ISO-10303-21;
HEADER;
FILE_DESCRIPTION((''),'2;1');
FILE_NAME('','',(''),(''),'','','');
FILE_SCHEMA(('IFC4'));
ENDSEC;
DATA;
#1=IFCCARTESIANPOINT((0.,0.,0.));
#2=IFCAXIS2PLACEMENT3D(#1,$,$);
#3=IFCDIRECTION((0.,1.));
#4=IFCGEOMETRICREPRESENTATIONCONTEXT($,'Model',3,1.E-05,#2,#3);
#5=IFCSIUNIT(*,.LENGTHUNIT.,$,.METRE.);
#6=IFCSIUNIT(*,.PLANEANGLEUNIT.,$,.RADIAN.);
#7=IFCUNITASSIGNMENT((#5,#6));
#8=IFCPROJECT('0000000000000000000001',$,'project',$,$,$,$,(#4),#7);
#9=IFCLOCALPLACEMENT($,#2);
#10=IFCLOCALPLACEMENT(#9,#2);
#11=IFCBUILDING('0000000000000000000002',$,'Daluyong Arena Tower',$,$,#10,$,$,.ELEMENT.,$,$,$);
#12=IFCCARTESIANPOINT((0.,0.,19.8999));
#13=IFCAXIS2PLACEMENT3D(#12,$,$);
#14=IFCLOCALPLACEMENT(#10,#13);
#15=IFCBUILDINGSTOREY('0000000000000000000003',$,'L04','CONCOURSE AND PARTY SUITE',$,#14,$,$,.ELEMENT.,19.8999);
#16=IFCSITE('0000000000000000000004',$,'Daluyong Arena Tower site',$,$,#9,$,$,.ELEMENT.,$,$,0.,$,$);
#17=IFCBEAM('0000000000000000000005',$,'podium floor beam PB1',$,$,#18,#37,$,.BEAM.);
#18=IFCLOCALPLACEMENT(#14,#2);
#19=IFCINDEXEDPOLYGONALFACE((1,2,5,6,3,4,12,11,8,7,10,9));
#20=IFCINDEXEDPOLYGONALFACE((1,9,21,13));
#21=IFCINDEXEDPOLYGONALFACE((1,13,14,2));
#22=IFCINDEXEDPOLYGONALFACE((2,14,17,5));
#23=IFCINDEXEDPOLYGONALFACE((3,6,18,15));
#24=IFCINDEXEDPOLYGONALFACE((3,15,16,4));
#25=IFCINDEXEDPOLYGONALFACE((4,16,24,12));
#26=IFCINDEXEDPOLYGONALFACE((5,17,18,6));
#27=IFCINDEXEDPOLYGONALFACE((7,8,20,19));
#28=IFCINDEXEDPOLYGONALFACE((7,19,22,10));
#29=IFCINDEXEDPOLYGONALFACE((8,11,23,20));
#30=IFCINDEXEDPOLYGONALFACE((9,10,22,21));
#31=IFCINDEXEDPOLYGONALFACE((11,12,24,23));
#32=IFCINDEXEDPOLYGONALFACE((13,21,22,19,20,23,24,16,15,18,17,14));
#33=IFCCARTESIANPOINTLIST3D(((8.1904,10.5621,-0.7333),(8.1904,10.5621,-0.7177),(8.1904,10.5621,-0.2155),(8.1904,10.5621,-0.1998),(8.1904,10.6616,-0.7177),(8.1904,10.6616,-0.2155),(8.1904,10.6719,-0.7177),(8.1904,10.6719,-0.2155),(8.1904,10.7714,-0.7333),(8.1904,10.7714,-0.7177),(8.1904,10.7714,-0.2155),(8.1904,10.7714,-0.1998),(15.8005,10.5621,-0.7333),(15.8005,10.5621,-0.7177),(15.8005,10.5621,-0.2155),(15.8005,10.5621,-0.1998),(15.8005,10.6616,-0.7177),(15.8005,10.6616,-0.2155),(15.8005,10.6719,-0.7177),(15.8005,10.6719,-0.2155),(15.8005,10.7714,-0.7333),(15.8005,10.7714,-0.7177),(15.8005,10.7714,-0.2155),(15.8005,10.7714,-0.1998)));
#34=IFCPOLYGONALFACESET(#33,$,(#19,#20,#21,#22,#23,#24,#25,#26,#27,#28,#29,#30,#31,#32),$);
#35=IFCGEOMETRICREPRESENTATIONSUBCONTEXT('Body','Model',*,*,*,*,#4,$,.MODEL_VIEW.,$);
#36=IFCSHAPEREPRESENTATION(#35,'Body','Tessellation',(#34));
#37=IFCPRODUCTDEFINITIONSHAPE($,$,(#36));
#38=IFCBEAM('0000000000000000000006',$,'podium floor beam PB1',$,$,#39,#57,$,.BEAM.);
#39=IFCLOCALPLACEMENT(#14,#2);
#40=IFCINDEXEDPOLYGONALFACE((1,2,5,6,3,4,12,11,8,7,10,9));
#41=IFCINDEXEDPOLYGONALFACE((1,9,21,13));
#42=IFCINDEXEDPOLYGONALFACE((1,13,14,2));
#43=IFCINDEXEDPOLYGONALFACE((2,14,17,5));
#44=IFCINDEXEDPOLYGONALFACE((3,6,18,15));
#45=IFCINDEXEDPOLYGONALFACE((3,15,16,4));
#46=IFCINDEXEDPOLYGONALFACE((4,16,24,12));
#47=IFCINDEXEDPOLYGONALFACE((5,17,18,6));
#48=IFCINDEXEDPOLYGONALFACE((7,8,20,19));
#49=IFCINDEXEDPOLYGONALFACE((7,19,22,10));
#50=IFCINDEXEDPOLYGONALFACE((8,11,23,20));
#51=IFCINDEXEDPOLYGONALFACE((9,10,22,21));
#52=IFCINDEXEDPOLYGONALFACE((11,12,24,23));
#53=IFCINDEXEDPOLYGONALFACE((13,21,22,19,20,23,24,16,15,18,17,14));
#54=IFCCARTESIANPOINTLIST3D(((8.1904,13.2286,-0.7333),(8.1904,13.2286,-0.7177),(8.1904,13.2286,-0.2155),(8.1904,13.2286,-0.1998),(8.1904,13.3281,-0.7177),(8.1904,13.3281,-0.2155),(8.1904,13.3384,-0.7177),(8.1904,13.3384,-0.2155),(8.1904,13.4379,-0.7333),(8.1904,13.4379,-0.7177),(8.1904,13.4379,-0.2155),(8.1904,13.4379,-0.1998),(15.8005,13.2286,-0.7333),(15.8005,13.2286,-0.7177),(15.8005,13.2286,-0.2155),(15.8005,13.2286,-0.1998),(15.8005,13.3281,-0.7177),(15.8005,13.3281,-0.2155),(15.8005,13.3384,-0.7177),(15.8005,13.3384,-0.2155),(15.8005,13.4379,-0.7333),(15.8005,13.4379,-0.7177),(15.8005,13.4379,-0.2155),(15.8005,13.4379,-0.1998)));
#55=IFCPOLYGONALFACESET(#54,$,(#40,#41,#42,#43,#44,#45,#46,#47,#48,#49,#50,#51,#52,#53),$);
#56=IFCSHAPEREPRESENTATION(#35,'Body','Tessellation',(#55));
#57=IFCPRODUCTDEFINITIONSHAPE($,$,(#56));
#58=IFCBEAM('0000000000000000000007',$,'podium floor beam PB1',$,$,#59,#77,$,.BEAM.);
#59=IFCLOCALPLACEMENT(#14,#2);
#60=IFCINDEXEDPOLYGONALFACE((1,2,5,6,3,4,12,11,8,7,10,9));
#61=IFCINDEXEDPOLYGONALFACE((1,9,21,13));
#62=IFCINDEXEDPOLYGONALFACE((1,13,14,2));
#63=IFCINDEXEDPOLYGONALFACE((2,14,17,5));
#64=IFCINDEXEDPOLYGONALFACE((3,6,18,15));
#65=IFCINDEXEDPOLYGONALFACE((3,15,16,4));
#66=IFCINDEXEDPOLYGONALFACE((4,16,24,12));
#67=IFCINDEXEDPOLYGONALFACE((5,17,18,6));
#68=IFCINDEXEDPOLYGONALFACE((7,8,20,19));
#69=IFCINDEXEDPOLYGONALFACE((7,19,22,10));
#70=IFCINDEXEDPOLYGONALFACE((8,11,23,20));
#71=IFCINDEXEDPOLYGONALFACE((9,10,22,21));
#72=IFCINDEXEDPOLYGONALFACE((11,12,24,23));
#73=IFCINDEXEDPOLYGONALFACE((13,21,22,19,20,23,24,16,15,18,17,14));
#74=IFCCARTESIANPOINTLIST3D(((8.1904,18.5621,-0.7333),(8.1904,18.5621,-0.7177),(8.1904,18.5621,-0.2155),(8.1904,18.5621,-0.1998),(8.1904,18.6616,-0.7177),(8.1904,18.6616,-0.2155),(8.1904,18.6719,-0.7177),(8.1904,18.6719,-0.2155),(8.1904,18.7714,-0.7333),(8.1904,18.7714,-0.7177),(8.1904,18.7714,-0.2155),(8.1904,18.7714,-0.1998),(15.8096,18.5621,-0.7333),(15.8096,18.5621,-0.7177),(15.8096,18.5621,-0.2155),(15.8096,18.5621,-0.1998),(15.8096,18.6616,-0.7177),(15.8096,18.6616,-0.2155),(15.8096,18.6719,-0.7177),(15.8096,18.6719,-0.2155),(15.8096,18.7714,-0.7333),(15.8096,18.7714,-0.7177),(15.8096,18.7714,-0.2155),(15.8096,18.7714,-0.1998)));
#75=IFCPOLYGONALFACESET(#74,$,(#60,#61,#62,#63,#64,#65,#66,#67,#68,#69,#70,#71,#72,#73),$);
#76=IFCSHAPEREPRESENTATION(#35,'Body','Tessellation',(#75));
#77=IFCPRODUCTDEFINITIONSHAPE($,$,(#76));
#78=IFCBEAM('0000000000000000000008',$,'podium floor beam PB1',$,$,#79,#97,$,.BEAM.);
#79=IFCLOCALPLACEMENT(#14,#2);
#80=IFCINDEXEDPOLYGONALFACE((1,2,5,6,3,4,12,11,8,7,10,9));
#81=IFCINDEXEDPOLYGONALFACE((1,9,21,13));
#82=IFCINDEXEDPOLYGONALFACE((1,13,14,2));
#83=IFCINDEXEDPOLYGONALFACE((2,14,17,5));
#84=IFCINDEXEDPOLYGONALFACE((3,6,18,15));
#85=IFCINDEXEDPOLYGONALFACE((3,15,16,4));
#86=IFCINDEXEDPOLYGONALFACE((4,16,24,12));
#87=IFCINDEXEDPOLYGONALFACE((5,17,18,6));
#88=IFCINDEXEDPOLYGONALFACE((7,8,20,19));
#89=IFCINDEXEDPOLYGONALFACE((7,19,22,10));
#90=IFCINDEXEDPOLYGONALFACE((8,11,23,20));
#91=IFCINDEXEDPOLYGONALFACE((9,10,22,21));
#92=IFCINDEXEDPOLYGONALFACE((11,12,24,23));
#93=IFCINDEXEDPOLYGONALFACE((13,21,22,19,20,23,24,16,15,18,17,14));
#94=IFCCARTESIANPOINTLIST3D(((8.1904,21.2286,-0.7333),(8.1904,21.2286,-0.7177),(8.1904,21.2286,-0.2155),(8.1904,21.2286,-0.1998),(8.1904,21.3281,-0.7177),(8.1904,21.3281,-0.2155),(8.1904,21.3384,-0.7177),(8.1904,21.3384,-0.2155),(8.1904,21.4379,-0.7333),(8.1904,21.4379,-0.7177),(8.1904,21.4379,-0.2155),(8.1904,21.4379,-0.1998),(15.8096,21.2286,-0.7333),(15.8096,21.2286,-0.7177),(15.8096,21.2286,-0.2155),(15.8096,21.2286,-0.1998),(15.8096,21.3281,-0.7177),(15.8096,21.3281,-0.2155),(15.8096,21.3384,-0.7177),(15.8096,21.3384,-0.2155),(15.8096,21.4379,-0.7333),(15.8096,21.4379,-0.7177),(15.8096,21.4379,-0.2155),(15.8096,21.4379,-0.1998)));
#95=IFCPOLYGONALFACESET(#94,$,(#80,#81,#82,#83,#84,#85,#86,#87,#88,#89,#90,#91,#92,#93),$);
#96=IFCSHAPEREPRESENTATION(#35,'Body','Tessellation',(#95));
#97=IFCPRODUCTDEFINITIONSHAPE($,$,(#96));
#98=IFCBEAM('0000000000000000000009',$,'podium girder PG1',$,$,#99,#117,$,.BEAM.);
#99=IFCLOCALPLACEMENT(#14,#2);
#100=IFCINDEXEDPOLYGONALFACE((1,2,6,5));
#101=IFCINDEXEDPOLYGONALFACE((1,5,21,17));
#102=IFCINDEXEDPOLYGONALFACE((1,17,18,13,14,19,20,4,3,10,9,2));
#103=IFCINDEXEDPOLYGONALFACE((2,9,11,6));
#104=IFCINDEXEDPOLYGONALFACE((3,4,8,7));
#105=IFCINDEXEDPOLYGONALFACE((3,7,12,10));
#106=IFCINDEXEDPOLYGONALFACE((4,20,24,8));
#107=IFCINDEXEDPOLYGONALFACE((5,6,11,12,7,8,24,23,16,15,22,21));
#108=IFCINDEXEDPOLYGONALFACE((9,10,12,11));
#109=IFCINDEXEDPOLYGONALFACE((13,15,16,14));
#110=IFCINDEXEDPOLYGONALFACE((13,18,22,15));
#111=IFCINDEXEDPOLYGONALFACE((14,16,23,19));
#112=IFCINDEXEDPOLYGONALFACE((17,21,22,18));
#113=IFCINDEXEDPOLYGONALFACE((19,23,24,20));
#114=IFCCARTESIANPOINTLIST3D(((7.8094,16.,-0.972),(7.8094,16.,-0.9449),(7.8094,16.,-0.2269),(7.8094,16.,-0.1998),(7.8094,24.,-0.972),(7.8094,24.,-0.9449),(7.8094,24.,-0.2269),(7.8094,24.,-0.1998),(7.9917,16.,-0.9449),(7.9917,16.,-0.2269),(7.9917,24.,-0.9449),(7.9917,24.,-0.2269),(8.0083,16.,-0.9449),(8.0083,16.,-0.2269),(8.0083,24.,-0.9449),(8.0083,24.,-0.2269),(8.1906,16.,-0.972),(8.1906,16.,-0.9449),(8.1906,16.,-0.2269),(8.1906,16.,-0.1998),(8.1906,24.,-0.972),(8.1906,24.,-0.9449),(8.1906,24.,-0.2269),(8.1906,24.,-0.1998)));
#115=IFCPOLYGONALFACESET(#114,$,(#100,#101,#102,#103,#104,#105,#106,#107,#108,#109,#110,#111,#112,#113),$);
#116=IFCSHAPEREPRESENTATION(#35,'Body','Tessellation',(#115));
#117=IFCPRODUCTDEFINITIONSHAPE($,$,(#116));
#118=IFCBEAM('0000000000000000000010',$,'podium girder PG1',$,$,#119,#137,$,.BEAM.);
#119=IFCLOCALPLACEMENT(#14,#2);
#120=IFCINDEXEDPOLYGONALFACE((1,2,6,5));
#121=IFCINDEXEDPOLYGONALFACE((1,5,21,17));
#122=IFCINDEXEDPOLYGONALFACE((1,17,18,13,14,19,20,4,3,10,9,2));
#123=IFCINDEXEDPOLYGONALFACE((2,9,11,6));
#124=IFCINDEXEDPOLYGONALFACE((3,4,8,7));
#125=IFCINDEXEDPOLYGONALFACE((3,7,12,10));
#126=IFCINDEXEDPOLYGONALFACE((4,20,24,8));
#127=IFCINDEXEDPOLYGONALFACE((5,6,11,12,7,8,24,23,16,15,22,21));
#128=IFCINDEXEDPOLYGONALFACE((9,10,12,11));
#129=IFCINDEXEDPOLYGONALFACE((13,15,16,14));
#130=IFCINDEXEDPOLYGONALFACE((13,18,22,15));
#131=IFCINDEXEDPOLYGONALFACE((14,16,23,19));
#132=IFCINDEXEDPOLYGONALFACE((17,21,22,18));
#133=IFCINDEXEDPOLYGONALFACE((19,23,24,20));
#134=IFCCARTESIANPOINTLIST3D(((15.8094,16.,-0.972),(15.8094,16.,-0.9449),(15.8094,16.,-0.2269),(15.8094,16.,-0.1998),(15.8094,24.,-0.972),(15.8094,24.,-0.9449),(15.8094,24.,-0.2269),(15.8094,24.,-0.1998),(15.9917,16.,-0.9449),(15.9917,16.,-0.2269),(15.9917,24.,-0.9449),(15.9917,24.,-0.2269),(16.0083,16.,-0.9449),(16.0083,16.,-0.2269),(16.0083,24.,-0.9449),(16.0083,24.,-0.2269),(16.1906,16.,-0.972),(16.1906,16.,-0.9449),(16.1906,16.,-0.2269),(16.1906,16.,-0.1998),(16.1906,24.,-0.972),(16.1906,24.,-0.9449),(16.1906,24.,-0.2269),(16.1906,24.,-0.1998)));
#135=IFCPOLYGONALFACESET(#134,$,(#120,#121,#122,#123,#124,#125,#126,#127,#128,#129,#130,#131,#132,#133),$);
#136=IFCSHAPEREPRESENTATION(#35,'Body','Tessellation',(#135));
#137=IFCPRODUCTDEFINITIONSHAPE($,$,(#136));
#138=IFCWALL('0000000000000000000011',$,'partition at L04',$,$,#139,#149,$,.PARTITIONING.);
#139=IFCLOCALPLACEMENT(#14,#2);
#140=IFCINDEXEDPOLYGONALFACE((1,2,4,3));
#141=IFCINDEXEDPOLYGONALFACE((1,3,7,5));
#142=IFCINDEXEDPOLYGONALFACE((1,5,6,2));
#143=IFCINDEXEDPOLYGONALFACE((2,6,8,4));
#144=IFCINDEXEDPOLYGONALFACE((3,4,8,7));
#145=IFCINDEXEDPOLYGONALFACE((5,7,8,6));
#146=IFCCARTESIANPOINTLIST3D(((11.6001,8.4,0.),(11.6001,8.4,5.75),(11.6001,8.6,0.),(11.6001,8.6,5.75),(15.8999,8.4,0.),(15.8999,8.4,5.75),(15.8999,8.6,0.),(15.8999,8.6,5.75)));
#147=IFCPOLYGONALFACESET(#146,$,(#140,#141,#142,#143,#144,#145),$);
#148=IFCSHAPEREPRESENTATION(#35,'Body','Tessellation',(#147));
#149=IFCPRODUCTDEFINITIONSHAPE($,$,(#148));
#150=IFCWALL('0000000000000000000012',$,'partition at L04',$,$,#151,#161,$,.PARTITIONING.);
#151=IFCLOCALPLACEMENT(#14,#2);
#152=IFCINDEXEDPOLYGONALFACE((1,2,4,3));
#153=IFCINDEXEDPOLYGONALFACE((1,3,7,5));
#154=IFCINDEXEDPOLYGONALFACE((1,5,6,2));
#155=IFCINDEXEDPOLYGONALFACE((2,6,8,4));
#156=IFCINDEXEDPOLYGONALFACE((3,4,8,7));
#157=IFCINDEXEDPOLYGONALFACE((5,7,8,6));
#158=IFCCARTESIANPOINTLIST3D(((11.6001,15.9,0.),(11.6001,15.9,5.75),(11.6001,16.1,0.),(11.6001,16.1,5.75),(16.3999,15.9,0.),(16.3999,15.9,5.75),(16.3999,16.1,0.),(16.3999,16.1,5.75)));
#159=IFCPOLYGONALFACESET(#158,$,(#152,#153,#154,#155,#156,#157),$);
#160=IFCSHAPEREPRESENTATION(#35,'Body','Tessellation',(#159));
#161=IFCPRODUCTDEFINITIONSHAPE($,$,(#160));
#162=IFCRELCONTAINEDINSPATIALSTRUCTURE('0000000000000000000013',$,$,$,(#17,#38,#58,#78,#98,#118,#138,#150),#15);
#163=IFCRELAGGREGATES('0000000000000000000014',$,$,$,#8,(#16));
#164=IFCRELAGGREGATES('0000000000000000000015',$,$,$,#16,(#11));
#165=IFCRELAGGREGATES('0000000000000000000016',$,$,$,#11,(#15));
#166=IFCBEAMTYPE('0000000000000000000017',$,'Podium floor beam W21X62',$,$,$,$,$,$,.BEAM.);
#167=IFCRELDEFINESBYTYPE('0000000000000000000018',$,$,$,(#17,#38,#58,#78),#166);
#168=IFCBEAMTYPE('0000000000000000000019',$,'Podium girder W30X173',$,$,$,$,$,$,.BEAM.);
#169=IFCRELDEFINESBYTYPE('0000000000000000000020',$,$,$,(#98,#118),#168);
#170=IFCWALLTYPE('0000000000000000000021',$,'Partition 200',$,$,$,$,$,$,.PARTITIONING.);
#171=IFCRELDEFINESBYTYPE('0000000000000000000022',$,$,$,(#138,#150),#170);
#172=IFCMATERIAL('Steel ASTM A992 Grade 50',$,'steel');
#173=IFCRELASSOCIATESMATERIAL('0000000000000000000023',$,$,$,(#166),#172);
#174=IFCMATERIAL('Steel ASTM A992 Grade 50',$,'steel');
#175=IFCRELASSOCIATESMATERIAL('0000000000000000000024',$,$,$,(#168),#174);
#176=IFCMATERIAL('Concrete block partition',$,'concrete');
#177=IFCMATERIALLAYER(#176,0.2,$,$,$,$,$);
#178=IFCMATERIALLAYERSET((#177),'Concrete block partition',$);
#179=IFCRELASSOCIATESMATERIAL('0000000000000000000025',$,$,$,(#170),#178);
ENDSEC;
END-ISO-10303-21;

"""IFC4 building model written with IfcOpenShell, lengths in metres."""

from ifc_helpers import new_model, si_unit, direction, frame, frame_2d, origin, origin_2d, place, context, subcontext, project, spatial, rectangle, i_section, extrude, material, layer, layer_set, material_profile, profile_set, type_object, element, save


model = new_model("IFC4")

# Units and contexts
model_context = context("Model", 3, precision=1e-05, world=origin(), true_north=direction((0.0, 1.0)))
body_context = subcontext(model_context, "Body", "Model", "MODEL_VIEW")
ifc_project = project(units=[si_unit("LENGTHUNIT", "METRE"), si_unit("PLANEANGLEUNIT", "RADIAN")], contexts=[model_context])

# Site, building, storey
site_placement = place(None, origin())
site = spatial("IfcSite", under=ifc_project, at=site_placement, Name="Daluyong Arena Tower site", CompositionType="ELEMENT", RefElevation=0.0)
building_placement = place(site_placement, origin())
building = spatial("IfcBuilding", under=site, at=building_placement, Name="Daluyong Arena Tower", CompositionType="ELEMENT")
storey_placement = place(building_placement, frame((0.0, 0.0, 19.8999)))
storey = spatial("IfcBuildingStorey", under=building, at=storey_placement, Name="L04", Description="CONCOURSE AND PARTY SUITE", CompositionType="ELEMENT", Elevation=19.8999)

# Beams
ifc_material_1 = material(Name="Steel ASTM A992 Grade 50", Category="steel")
ifc_material_profile_1 = material_profile(ifc_material_1, i_section(OverallWidth=0.2092, OverallDepth=0.5334, WebThickness=0.0103, FlangeThickness=0.0156, at=origin_2d()))
ifc_profile_set_1 = profile_set([ifc_material_profile_1], Name="Steel ASTM A992 Grade 50")
beam_type_1 = type_object("IfcBeamType", Name="Podium floor beam W21X62", PredefinedType="BEAM", material=ifc_profile_set_1)
for number, where, z_axis, x_axis, name in (
    (1, (8.1904, 10.6667, -0.4666), (1.0, 0.0, 0.0), (0.0, 1.0, 0.0), "podium floor beam PB1"),
    (2, (8.1904, 13.3333, -0.4666), (1.0, 0.0, 0.0), (0.0, 1.0, 0.0), "podium floor beam PB1"),
):
    element("IfcBeam", number, at=place(storey_placement, frame(where, z_axis=z_axis, x_axis=x_axis)), inside=storey, type_object=beam_type_1, Name=name, PredefinedType="BEAM", context=body_context, shape_type="SweptSolid", body=[
        extrude(i_section(OverallWidth=0.2092, OverallDepth=0.5334, WebThickness=0.0103, FlangeThickness=0.0156, at=origin_2d()), origin(), (0.0, 0.0, 1.0), 7.6101),
    ])
for number, where, z_axis, x_axis, name in (
    (3, (8.1904, 18.6667, -0.4666), (1.0, 0.0, 0.0), (0.0, 1.0, 0.0), "podium floor beam PB1"),
    (4, (8.1904, 21.3333, -0.4666), (1.0, 0.0, 0.0), (0.0, 1.0, 0.0), "podium floor beam PB1"),
):
    element("IfcBeam", number, at=place(storey_placement, frame(where, z_axis=z_axis, x_axis=x_axis)), inside=storey, type_object=beam_type_1, Name=name, PredefinedType="BEAM", context=body_context, shape_type="SweptSolid", body=[
        extrude(i_section(OverallWidth=0.2092, OverallDepth=0.5334, WebThickness=0.0103, FlangeThickness=0.0156, at=origin_2d()), origin(), (0.0, 0.0, 1.0), 7.6191),
    ])
ifc_material_2 = material(Name="Steel ASTM A992 Grade 50", Category="steel")
ifc_material_profile_2 = material_profile(ifc_material_2, i_section(OverallWidth=0.3811, OverallDepth=0.7722, WebThickness=0.0166, FlangeThickness=0.0271, at=origin_2d()))
ifc_profile_set_2 = profile_set([ifc_material_profile_2], Name="Steel ASTM A992 Grade 50")
beam_type_2 = type_object("IfcBeamType", Name="Podium girder W30X173", PredefinedType="BEAM", material=ifc_profile_set_2)
for number, where, z_axis, x_axis, name in (
    (5, (8.0, 16.0, -0.5859), (0.0, 1.0, 0.0), (-1.0, 0.0, 0.0), "podium girder PG1"),
    (6, (16.0, 16.0, -0.5859), (0.0, 1.0, 0.0), (-1.0, 0.0, 0.0), "podium girder PG1"),
):
    element("IfcBeam", number, at=place(storey_placement, frame(where, z_axis=z_axis, x_axis=x_axis)), inside=storey, type_object=beam_type_2, Name=name, PredefinedType="BEAM", context=body_context, shape_type="SweptSolid", body=[
        extrude(i_section(OverallWidth=0.3811, OverallDepth=0.7722, WebThickness=0.0166, FlangeThickness=0.0271, at=origin_2d()), origin(), (0.0, 0.0, 1.0), 8.0),
    ])

# Walls
ifc_material_3 = material(Name="Concrete block partition", Category="concrete")
ifc_layer_1 = layer(ifc_material_3, 0.2)
ifc_layer_set_1 = layer_set([ifc_layer_1], Name="Concrete block partition")
wall_type_1 = type_object("IfcWallType", Name="Partition 200", PredefinedType="PARTITIONING", material=ifc_layer_set_1)
wall_1_placement = place(storey_placement, frame((11.6001, 8.5, 0.0), z_axis=(0.0, 0.0, 1.0), x_axis=(1.0, 0.0, 0.0)))
element("IfcWall", 7, at=wall_1_placement, inside=storey, type_object=wall_type_1, Name="partition at L04", PredefinedType="PARTITIONING", context=body_context, shape_type="SweptSolid", body=[
    extrude(rectangle(XDim=4.2998, YDim=0.2, at=frame_2d((2.1499, 0.0))), origin(), (0.0, 0.0, 1.0), 5.75),
])
wall_2_placement = place(storey_placement, frame((11.6001, 16.0, 0.0), z_axis=(0.0, 0.0, 1.0), x_axis=(1.0, 0.0, 0.0)))
element("IfcWall", 8, at=wall_2_placement, inside=storey, type_object=wall_type_1, Name="partition at L04", PredefinedType="PARTITIONING", context=body_context, shape_type="SweptSolid", body=[
    extrude(rectangle(XDim=4.7998, YDim=0.2, at=frame_2d((2.3999, 0.0))), origin(), (0.0, 0.0, 1.0), 5.75),
])

save(model, "model.ifc")
